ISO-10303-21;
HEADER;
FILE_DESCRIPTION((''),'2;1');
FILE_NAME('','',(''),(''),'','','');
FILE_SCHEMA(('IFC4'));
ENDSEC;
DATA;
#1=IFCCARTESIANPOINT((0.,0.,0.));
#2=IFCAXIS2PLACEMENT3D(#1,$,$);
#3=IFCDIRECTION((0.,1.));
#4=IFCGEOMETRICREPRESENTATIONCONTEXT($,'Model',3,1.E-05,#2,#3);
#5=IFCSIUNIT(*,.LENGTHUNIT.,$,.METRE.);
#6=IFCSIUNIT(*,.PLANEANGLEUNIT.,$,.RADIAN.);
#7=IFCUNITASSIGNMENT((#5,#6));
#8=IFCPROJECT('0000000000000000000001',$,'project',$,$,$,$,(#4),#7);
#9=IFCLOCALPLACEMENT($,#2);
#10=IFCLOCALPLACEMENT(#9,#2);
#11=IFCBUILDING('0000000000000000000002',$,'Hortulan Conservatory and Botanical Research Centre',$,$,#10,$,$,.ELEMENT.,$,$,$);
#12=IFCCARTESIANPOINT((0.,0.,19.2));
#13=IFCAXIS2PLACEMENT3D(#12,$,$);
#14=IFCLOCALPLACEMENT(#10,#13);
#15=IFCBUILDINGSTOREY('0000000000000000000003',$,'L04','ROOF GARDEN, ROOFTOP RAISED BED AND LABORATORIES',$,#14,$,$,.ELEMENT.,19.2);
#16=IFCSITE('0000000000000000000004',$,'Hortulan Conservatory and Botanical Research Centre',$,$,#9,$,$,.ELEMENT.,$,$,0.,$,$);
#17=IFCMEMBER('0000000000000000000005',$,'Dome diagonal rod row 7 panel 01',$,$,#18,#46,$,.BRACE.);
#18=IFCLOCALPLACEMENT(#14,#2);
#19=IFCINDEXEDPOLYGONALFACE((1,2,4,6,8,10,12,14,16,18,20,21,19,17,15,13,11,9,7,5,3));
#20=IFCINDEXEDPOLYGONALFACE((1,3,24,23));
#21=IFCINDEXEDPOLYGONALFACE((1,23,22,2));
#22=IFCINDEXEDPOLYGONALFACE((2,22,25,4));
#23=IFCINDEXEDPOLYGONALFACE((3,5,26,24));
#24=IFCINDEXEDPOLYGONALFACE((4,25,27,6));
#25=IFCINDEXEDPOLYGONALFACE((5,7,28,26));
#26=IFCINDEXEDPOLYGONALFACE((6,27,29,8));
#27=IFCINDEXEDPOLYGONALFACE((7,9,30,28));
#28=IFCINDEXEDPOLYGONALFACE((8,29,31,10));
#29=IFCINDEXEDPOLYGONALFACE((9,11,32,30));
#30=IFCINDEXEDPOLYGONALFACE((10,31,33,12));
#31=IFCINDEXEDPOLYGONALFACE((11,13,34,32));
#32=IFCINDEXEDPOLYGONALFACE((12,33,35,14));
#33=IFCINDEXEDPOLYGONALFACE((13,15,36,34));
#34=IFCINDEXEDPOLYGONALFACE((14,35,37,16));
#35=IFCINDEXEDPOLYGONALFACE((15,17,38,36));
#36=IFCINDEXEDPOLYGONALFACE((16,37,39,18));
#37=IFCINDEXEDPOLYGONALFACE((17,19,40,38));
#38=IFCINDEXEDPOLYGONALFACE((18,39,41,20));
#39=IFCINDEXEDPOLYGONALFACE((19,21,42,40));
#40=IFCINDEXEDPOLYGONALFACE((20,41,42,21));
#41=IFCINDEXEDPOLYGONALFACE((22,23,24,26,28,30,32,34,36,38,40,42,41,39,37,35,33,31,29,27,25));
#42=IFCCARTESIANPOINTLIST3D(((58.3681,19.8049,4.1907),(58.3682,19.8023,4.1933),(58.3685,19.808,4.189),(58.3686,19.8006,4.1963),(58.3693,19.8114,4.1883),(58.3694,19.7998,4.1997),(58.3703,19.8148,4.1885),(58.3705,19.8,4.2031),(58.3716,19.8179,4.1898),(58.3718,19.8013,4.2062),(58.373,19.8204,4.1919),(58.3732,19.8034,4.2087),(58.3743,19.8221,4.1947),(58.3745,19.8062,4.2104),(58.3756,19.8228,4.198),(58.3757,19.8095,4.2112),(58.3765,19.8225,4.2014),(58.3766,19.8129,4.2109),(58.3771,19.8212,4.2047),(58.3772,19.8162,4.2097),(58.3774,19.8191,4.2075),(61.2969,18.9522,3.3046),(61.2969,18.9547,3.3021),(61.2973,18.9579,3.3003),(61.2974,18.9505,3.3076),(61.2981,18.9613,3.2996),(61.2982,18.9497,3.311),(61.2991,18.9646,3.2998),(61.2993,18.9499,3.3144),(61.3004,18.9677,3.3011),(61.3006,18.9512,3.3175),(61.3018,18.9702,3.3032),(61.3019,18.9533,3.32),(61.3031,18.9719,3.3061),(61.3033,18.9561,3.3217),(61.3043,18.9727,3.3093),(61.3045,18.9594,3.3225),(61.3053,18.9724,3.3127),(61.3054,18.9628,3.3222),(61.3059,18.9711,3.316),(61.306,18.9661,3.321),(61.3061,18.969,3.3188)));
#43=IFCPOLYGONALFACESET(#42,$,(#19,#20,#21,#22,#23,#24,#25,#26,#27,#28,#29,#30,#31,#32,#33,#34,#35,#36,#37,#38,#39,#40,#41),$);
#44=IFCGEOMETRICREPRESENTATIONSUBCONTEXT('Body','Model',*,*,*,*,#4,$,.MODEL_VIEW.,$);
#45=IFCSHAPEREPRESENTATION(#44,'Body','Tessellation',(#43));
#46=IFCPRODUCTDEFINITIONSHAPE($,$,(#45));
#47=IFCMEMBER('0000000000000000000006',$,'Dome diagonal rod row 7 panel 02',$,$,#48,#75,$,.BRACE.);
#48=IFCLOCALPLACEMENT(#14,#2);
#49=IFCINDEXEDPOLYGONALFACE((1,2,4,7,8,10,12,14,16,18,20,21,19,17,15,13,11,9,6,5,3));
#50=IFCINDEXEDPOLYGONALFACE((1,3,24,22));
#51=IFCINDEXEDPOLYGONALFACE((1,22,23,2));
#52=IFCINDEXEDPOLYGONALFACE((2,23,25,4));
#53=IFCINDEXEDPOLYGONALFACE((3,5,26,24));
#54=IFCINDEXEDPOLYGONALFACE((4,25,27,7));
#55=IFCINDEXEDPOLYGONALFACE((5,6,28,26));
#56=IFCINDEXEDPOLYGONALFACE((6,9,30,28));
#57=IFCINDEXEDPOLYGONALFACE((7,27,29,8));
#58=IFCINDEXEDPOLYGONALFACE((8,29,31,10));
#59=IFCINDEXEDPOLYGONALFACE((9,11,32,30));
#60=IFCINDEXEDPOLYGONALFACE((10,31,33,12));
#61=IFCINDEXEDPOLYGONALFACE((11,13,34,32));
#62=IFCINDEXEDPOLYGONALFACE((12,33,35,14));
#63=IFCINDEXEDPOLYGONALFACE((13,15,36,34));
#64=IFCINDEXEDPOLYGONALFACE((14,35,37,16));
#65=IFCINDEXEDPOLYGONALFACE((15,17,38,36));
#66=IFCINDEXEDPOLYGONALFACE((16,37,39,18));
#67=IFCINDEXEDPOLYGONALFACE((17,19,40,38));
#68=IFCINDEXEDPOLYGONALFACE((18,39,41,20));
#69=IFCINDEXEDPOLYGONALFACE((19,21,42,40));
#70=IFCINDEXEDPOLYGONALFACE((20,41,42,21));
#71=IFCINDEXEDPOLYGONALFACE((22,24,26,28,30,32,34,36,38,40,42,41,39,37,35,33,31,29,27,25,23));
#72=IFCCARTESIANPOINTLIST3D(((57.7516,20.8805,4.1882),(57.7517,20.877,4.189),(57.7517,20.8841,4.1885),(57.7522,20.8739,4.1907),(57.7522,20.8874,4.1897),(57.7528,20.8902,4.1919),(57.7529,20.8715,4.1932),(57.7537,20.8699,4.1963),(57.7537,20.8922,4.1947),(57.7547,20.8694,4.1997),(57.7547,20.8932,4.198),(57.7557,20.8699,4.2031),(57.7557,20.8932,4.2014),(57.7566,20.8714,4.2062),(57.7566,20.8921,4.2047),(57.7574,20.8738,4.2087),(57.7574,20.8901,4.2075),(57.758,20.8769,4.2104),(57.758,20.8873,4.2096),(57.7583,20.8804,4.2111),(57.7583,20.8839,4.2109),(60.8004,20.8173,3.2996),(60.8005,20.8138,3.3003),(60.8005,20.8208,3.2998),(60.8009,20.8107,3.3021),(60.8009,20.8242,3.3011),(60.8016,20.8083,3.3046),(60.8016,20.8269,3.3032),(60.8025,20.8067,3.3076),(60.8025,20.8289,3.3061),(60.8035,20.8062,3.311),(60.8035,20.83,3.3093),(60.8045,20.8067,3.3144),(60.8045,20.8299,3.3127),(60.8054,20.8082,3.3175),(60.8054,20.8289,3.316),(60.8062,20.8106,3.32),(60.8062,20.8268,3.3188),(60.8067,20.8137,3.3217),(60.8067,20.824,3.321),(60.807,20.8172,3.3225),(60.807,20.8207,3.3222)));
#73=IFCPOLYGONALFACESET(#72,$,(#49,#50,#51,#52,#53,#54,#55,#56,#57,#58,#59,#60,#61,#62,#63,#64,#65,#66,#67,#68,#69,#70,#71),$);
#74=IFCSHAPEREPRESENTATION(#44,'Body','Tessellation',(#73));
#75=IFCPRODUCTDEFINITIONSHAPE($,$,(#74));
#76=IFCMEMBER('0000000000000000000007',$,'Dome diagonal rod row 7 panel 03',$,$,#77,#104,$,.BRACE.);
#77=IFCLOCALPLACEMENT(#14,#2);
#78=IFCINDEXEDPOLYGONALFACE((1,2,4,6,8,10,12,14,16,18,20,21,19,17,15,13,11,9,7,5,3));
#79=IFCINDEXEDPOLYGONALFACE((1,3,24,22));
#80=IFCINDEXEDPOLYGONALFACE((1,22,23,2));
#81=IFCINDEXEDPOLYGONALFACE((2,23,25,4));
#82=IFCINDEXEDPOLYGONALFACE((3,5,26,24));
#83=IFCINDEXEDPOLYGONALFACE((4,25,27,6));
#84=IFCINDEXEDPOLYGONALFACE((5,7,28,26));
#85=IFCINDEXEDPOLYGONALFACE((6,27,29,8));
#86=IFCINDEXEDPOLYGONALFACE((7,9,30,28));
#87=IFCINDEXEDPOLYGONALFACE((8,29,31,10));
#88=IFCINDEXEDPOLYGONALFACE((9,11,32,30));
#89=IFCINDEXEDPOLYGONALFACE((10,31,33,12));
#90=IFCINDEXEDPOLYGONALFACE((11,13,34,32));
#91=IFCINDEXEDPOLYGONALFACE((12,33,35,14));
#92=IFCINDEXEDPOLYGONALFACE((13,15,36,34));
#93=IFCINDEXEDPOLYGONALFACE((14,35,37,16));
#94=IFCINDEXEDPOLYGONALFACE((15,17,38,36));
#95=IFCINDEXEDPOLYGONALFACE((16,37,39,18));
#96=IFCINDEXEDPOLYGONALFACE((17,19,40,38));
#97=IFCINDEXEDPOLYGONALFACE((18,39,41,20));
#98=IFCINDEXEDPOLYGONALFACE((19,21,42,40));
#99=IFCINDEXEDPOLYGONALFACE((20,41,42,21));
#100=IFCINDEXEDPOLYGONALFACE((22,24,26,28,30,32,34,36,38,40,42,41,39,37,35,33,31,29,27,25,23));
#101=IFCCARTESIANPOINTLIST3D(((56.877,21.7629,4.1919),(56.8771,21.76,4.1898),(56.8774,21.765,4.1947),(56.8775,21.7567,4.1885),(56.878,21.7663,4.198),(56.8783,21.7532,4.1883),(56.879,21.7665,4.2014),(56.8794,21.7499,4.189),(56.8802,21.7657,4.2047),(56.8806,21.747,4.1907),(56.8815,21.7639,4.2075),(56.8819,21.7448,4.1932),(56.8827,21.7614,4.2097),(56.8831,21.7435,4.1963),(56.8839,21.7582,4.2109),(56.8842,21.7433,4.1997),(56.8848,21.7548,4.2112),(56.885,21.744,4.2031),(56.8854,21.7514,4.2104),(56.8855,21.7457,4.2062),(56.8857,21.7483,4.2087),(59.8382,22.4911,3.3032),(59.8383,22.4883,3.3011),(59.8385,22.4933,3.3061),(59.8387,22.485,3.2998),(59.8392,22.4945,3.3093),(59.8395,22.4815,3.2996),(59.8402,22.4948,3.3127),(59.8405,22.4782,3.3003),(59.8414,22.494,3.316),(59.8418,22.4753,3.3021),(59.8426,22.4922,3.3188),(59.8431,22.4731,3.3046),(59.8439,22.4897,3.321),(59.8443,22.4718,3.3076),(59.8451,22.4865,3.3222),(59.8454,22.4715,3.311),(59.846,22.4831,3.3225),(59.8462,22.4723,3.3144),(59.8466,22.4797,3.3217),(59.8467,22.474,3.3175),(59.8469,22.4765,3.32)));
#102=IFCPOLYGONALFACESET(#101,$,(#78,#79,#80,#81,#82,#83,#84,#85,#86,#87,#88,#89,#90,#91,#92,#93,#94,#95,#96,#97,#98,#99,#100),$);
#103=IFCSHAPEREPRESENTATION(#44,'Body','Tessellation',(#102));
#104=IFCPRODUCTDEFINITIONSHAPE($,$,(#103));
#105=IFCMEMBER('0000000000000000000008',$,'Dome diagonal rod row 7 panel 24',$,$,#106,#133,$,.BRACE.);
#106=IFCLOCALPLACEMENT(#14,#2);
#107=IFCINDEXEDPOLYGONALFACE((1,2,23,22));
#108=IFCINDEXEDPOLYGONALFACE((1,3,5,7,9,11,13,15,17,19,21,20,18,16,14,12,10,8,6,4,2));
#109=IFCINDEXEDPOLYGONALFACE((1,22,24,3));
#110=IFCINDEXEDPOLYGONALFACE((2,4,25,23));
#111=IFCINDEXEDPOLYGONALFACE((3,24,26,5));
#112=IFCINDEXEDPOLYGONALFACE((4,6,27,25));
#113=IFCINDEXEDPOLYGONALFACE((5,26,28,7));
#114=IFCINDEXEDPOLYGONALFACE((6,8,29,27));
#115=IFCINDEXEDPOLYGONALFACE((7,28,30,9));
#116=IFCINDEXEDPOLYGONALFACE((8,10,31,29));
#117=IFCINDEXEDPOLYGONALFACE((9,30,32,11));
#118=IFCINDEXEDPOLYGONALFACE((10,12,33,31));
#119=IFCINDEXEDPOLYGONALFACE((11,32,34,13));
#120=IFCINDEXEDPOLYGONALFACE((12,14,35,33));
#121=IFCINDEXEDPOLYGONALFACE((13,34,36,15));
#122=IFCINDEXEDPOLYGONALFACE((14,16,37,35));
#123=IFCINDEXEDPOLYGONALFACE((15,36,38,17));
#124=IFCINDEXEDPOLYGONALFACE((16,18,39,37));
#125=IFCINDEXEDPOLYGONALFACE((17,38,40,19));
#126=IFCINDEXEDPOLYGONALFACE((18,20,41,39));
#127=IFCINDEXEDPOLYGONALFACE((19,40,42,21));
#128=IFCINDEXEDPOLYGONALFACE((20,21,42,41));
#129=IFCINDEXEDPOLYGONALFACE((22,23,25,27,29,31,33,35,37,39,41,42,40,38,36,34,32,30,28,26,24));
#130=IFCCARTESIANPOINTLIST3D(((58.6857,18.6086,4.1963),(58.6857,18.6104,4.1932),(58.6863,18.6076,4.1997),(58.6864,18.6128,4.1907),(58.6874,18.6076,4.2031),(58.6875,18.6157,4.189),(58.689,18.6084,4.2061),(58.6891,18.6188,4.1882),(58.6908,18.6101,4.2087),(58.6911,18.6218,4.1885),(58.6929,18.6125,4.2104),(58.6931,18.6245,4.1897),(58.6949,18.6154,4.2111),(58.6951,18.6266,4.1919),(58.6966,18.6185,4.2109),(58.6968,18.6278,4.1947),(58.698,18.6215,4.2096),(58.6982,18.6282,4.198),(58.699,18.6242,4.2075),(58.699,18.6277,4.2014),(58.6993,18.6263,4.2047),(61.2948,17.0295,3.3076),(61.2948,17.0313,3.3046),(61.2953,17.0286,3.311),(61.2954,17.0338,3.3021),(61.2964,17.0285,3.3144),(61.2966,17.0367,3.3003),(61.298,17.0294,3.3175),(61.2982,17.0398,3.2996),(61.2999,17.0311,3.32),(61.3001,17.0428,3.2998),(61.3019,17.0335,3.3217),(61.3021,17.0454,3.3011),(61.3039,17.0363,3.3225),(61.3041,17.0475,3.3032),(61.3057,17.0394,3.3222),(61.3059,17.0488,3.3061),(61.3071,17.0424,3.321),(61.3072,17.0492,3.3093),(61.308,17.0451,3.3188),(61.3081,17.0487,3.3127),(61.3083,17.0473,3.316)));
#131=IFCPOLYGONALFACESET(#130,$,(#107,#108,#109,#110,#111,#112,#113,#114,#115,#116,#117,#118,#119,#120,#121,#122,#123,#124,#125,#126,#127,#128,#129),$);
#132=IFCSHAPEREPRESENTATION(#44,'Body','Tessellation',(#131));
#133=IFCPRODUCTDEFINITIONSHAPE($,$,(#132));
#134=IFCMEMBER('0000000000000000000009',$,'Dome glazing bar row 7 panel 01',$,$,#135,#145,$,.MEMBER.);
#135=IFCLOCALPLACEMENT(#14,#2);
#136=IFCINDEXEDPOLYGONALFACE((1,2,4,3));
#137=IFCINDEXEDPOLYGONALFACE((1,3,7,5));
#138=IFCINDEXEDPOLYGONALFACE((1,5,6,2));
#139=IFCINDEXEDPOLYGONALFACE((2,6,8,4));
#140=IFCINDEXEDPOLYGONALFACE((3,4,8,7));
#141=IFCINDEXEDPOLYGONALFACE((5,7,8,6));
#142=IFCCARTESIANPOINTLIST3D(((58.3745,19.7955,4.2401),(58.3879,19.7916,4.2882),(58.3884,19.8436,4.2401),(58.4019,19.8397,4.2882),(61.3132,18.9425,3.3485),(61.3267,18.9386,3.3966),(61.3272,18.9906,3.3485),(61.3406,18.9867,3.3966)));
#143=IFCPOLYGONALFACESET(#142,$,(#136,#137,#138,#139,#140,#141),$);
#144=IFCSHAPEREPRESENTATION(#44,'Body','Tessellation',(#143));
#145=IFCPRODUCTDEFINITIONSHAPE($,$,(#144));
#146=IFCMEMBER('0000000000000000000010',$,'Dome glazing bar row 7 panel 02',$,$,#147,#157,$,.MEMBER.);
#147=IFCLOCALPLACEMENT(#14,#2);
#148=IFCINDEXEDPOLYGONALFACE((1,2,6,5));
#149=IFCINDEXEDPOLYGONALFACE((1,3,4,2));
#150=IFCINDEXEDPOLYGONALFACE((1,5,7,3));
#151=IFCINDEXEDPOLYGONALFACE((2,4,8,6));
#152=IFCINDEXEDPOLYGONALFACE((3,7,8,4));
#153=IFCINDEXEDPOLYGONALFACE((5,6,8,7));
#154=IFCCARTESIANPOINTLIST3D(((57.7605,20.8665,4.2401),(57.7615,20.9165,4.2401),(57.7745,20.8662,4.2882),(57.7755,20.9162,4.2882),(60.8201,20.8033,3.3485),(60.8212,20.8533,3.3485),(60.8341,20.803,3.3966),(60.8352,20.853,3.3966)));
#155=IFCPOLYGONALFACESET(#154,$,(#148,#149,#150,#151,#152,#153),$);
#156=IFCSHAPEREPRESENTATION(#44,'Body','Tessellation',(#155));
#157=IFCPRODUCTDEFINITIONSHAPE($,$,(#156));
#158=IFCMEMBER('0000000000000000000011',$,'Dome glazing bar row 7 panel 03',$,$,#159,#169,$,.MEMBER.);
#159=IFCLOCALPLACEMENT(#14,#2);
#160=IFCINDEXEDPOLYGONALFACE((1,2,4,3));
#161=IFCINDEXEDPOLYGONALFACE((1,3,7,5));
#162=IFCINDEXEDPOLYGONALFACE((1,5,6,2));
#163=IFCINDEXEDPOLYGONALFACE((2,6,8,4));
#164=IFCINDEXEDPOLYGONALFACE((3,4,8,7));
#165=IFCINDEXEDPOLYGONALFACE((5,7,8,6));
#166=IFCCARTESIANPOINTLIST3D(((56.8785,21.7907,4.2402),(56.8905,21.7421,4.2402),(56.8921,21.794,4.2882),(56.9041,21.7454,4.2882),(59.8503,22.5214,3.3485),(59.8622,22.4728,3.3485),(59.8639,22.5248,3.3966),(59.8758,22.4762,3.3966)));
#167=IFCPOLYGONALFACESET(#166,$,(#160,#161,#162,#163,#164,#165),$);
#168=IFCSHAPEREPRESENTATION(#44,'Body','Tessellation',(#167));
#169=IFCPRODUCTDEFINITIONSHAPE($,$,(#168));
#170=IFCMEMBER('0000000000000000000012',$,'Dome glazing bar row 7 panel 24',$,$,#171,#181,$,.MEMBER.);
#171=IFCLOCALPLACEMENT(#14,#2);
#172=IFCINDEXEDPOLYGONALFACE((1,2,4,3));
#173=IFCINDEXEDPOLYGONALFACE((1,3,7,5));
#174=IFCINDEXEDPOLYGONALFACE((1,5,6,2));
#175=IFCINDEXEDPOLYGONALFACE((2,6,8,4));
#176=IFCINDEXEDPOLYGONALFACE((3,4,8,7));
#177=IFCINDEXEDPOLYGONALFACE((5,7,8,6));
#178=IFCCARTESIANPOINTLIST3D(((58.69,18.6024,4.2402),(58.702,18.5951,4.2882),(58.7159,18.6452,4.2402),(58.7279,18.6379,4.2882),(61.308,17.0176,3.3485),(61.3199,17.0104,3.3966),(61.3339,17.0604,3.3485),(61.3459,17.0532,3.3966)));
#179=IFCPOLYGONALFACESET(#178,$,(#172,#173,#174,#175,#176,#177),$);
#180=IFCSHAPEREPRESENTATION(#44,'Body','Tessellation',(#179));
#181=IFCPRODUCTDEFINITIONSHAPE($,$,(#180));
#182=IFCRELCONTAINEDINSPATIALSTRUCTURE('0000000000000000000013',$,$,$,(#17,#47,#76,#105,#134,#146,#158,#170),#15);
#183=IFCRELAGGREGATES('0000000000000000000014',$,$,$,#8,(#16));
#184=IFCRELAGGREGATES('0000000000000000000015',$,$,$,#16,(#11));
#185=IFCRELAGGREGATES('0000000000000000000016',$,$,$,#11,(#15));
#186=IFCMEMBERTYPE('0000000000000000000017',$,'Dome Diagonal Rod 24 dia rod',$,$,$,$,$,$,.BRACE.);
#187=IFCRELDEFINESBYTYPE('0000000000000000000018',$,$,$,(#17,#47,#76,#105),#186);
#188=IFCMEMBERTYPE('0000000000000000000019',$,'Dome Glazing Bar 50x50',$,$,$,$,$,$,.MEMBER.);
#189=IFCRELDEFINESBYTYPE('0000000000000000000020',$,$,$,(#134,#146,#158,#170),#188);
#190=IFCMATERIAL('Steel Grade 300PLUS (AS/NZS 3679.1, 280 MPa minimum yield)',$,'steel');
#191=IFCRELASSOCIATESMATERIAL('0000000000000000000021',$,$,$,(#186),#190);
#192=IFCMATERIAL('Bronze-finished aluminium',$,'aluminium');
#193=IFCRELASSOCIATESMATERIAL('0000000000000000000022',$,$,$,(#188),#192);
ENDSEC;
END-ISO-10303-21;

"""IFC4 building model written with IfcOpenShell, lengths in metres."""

from ifc_helpers import new_model, si_unit, direction, frame, origin, origin_2d, place, context, subcontext, project, spatial, rectangle, circle, extrude, material, material_profile, profile_set, type_object, element, save


model = new_model("IFC4")

# Units and contexts
model_context = context("Model", 3, precision=1e-05, world=origin(), true_north=direction((0.0, 1.0)))
body_context = subcontext(model_context, "Body", "Model", "MODEL_VIEW")
ifc_project = project(units=[si_unit("LENGTHUNIT", "METRE"), si_unit("PLANEANGLEUNIT", "RADIAN")], contexts=[model_context])

# Site, building, storey
site_placement = place(None, origin())
site = spatial("IfcSite", under=ifc_project, at=site_placement, Name="Hortulan Conservatory and Botanical Research Centre", CompositionType="ELEMENT", RefElevation=0.0)
building_placement = place(site_placement, origin())
building = spatial("IfcBuilding", under=site, at=building_placement, Name="Hortulan Conservatory and Botanical Research Centre", CompositionType="ELEMENT")
storey_placement = place(building_placement, frame((0.0, 0.0, 19.2)))
storey = spatial("IfcBuildingStorey", under=building, at=storey_placement, Name="L04", Description="ROOF GARDEN, ROOFTOP RAISED BED AND LABORATORIES", CompositionType="ELEMENT", Elevation=19.2)

# Members
ifc_material_1 = material(Name="Steel Grade 300PLUS (AS/NZS 3679.1, 280 MPa minimum yield)", Category="steel")
ifc_material_profile_1 = material_profile(ifc_material_1, circle(Radius=0.012, at=origin_2d()), Name="24 dia rod")
ifc_profile_set_1 = profile_set([ifc_material_profile_1], Name="Steel Grade 300PLUS (AS/NZS 3679.1, 280 MPa minimum yield)")
member_type_1 = type_object("IfcMemberType", Name="Dome Diagonal Rod 24 dia rod", PredefinedType="BRACE", material=ifc_profile_set_1)
member_1_placement = place(storey_placement, frame((61.3015, 18.9612, 3.311), z_axis=(-0.922011, 0.267626, 0.27977), x_axis=(-0.278758, -0.960361, 0.0)))
element("IfcMember", 1, at=member_1_placement, inside=storey, type_object=member_type_1, Name="Dome diagonal rod row 7 panel 01", PredefinedType="BRACE", context=body_context, shape_type="SweptSolid", body=[
    extrude(circle(Radius=0.012, at=origin_2d()), origin(), (0.0, 0.0, 1.0), 3.1765),
])
for number, where, z_axis, x_axis, name in (
    (2, (60.8037, 20.8181, 3.311), (-0.959858, 0.019907, 0.279779), (-0.020735, -0.999785, 0.0), "Dome diagonal rod row 7 panel 02"),
    (3, (59.8425, 22.4832, 3.311), (-0.932282, -0.229285, 0.279784), (0.238823, -0.971063, 0.0), "Dome diagonal rod row 7 panel 03"),
):
    element("IfcMember", number, at=place(storey_placement, frame(where, z_axis=z_axis, x_axis=x_axis)), inside=storey, type_object=member_type_1, Name=name, PredefinedType="BRACE", context=body_context, shape_type="SweptSolid", body=[
        extrude(circle(Radius=0.012, at=origin_2d()), origin(), (0.0, 0.0, 1.0), 3.1763),
    ])
member_2_placement = place(storey_placement, frame((61.3015, 17.0388, 3.311), z_axis=(-0.821357, 0.497102, 0.279755), x_axis=(-0.517776, -0.855516, 0.0)))
element("IfcMember", 4, at=member_2_placement, inside=storey, type_object=member_type_1, Name="Dome diagonal rod row 7 panel 24", PredefinedType="BRACE", context=body_context, shape_type="SweptSolid", body=[
    extrude(circle(Radius=0.012, at=origin_2d()), origin(), (0.0, 0.0, 1.0), 3.1765),
])
ifc_material_2 = material(Name="Bronze-finished aluminium", Category="aluminium")
ifc_material_profile_2 = material_profile(ifc_material_2, rectangle(XDim=0.05, YDim=0.05, at=origin_2d()), Name="Square bar 50x50")
ifc_profile_set_2 = profile_set([ifc_material_profile_2], Name="Bronze-finished aluminium")
member_type_2 = type_object("IfcMemberType", Name="Dome Glazing Bar 50x50", PredefinedType="MEMBER", material=ifc_profile_set_2)
member_3_placement = place(storey_placement, frame((61.3269, 18.9646, 3.3726), z_axis=(-0.922018, 0.267636, 0.279738), x_axis=(-0.278765, -0.960359, 0.0)))
element("IfcMember", 5, at=member_3_placement, inside=storey, type_object=member_type_2, Name="Dome glazing bar row 7 panel 01", PredefinedType="MEMBER", context=body_context, shape_type="SweptSolid", body=[
    extrude(rectangle(XDim=0.05, YDim=0.05, at=origin_2d()), origin(), (0.0, 0.0, 1.0), 3.1873),
])
for number, where, z_axis, x_axis, name in (
    (6, (60.8276, 20.8281, 3.3726), (-0.959876, 0.019838, 0.279721), (-0.020663, -0.999787, 0.0), "Dome glazing bar row 7 panel 02"),
    (7, (59.863, 22.4988, 3.3726), (-0.932309, -0.229248, 0.279723), (0.238779, -0.971074, 0.0), "Dome glazing bar row 7 panel 03"),
    (8, (61.3269, 17.0354, 3.3726), (-0.821323, 0.497175, 0.279723), (-0.517847, -0.855473, 0.0), "Dome glazing bar row 7 panel 24"),
):
    element("IfcMember", number, at=place(storey_placement, frame(where, z_axis=z_axis, x_axis=x_axis)), inside=storey, type_object=member_type_2, Name=name, PredefinedType="MEMBER", context=body_context, shape_type="SweptSolid", body=[
        extrude(rectangle(XDim=0.05, YDim=0.05, at=origin_2d()), origin(), (0.0, 0.0, 1.0), 3.1875),
    ])

save(model, "model.ifc")
